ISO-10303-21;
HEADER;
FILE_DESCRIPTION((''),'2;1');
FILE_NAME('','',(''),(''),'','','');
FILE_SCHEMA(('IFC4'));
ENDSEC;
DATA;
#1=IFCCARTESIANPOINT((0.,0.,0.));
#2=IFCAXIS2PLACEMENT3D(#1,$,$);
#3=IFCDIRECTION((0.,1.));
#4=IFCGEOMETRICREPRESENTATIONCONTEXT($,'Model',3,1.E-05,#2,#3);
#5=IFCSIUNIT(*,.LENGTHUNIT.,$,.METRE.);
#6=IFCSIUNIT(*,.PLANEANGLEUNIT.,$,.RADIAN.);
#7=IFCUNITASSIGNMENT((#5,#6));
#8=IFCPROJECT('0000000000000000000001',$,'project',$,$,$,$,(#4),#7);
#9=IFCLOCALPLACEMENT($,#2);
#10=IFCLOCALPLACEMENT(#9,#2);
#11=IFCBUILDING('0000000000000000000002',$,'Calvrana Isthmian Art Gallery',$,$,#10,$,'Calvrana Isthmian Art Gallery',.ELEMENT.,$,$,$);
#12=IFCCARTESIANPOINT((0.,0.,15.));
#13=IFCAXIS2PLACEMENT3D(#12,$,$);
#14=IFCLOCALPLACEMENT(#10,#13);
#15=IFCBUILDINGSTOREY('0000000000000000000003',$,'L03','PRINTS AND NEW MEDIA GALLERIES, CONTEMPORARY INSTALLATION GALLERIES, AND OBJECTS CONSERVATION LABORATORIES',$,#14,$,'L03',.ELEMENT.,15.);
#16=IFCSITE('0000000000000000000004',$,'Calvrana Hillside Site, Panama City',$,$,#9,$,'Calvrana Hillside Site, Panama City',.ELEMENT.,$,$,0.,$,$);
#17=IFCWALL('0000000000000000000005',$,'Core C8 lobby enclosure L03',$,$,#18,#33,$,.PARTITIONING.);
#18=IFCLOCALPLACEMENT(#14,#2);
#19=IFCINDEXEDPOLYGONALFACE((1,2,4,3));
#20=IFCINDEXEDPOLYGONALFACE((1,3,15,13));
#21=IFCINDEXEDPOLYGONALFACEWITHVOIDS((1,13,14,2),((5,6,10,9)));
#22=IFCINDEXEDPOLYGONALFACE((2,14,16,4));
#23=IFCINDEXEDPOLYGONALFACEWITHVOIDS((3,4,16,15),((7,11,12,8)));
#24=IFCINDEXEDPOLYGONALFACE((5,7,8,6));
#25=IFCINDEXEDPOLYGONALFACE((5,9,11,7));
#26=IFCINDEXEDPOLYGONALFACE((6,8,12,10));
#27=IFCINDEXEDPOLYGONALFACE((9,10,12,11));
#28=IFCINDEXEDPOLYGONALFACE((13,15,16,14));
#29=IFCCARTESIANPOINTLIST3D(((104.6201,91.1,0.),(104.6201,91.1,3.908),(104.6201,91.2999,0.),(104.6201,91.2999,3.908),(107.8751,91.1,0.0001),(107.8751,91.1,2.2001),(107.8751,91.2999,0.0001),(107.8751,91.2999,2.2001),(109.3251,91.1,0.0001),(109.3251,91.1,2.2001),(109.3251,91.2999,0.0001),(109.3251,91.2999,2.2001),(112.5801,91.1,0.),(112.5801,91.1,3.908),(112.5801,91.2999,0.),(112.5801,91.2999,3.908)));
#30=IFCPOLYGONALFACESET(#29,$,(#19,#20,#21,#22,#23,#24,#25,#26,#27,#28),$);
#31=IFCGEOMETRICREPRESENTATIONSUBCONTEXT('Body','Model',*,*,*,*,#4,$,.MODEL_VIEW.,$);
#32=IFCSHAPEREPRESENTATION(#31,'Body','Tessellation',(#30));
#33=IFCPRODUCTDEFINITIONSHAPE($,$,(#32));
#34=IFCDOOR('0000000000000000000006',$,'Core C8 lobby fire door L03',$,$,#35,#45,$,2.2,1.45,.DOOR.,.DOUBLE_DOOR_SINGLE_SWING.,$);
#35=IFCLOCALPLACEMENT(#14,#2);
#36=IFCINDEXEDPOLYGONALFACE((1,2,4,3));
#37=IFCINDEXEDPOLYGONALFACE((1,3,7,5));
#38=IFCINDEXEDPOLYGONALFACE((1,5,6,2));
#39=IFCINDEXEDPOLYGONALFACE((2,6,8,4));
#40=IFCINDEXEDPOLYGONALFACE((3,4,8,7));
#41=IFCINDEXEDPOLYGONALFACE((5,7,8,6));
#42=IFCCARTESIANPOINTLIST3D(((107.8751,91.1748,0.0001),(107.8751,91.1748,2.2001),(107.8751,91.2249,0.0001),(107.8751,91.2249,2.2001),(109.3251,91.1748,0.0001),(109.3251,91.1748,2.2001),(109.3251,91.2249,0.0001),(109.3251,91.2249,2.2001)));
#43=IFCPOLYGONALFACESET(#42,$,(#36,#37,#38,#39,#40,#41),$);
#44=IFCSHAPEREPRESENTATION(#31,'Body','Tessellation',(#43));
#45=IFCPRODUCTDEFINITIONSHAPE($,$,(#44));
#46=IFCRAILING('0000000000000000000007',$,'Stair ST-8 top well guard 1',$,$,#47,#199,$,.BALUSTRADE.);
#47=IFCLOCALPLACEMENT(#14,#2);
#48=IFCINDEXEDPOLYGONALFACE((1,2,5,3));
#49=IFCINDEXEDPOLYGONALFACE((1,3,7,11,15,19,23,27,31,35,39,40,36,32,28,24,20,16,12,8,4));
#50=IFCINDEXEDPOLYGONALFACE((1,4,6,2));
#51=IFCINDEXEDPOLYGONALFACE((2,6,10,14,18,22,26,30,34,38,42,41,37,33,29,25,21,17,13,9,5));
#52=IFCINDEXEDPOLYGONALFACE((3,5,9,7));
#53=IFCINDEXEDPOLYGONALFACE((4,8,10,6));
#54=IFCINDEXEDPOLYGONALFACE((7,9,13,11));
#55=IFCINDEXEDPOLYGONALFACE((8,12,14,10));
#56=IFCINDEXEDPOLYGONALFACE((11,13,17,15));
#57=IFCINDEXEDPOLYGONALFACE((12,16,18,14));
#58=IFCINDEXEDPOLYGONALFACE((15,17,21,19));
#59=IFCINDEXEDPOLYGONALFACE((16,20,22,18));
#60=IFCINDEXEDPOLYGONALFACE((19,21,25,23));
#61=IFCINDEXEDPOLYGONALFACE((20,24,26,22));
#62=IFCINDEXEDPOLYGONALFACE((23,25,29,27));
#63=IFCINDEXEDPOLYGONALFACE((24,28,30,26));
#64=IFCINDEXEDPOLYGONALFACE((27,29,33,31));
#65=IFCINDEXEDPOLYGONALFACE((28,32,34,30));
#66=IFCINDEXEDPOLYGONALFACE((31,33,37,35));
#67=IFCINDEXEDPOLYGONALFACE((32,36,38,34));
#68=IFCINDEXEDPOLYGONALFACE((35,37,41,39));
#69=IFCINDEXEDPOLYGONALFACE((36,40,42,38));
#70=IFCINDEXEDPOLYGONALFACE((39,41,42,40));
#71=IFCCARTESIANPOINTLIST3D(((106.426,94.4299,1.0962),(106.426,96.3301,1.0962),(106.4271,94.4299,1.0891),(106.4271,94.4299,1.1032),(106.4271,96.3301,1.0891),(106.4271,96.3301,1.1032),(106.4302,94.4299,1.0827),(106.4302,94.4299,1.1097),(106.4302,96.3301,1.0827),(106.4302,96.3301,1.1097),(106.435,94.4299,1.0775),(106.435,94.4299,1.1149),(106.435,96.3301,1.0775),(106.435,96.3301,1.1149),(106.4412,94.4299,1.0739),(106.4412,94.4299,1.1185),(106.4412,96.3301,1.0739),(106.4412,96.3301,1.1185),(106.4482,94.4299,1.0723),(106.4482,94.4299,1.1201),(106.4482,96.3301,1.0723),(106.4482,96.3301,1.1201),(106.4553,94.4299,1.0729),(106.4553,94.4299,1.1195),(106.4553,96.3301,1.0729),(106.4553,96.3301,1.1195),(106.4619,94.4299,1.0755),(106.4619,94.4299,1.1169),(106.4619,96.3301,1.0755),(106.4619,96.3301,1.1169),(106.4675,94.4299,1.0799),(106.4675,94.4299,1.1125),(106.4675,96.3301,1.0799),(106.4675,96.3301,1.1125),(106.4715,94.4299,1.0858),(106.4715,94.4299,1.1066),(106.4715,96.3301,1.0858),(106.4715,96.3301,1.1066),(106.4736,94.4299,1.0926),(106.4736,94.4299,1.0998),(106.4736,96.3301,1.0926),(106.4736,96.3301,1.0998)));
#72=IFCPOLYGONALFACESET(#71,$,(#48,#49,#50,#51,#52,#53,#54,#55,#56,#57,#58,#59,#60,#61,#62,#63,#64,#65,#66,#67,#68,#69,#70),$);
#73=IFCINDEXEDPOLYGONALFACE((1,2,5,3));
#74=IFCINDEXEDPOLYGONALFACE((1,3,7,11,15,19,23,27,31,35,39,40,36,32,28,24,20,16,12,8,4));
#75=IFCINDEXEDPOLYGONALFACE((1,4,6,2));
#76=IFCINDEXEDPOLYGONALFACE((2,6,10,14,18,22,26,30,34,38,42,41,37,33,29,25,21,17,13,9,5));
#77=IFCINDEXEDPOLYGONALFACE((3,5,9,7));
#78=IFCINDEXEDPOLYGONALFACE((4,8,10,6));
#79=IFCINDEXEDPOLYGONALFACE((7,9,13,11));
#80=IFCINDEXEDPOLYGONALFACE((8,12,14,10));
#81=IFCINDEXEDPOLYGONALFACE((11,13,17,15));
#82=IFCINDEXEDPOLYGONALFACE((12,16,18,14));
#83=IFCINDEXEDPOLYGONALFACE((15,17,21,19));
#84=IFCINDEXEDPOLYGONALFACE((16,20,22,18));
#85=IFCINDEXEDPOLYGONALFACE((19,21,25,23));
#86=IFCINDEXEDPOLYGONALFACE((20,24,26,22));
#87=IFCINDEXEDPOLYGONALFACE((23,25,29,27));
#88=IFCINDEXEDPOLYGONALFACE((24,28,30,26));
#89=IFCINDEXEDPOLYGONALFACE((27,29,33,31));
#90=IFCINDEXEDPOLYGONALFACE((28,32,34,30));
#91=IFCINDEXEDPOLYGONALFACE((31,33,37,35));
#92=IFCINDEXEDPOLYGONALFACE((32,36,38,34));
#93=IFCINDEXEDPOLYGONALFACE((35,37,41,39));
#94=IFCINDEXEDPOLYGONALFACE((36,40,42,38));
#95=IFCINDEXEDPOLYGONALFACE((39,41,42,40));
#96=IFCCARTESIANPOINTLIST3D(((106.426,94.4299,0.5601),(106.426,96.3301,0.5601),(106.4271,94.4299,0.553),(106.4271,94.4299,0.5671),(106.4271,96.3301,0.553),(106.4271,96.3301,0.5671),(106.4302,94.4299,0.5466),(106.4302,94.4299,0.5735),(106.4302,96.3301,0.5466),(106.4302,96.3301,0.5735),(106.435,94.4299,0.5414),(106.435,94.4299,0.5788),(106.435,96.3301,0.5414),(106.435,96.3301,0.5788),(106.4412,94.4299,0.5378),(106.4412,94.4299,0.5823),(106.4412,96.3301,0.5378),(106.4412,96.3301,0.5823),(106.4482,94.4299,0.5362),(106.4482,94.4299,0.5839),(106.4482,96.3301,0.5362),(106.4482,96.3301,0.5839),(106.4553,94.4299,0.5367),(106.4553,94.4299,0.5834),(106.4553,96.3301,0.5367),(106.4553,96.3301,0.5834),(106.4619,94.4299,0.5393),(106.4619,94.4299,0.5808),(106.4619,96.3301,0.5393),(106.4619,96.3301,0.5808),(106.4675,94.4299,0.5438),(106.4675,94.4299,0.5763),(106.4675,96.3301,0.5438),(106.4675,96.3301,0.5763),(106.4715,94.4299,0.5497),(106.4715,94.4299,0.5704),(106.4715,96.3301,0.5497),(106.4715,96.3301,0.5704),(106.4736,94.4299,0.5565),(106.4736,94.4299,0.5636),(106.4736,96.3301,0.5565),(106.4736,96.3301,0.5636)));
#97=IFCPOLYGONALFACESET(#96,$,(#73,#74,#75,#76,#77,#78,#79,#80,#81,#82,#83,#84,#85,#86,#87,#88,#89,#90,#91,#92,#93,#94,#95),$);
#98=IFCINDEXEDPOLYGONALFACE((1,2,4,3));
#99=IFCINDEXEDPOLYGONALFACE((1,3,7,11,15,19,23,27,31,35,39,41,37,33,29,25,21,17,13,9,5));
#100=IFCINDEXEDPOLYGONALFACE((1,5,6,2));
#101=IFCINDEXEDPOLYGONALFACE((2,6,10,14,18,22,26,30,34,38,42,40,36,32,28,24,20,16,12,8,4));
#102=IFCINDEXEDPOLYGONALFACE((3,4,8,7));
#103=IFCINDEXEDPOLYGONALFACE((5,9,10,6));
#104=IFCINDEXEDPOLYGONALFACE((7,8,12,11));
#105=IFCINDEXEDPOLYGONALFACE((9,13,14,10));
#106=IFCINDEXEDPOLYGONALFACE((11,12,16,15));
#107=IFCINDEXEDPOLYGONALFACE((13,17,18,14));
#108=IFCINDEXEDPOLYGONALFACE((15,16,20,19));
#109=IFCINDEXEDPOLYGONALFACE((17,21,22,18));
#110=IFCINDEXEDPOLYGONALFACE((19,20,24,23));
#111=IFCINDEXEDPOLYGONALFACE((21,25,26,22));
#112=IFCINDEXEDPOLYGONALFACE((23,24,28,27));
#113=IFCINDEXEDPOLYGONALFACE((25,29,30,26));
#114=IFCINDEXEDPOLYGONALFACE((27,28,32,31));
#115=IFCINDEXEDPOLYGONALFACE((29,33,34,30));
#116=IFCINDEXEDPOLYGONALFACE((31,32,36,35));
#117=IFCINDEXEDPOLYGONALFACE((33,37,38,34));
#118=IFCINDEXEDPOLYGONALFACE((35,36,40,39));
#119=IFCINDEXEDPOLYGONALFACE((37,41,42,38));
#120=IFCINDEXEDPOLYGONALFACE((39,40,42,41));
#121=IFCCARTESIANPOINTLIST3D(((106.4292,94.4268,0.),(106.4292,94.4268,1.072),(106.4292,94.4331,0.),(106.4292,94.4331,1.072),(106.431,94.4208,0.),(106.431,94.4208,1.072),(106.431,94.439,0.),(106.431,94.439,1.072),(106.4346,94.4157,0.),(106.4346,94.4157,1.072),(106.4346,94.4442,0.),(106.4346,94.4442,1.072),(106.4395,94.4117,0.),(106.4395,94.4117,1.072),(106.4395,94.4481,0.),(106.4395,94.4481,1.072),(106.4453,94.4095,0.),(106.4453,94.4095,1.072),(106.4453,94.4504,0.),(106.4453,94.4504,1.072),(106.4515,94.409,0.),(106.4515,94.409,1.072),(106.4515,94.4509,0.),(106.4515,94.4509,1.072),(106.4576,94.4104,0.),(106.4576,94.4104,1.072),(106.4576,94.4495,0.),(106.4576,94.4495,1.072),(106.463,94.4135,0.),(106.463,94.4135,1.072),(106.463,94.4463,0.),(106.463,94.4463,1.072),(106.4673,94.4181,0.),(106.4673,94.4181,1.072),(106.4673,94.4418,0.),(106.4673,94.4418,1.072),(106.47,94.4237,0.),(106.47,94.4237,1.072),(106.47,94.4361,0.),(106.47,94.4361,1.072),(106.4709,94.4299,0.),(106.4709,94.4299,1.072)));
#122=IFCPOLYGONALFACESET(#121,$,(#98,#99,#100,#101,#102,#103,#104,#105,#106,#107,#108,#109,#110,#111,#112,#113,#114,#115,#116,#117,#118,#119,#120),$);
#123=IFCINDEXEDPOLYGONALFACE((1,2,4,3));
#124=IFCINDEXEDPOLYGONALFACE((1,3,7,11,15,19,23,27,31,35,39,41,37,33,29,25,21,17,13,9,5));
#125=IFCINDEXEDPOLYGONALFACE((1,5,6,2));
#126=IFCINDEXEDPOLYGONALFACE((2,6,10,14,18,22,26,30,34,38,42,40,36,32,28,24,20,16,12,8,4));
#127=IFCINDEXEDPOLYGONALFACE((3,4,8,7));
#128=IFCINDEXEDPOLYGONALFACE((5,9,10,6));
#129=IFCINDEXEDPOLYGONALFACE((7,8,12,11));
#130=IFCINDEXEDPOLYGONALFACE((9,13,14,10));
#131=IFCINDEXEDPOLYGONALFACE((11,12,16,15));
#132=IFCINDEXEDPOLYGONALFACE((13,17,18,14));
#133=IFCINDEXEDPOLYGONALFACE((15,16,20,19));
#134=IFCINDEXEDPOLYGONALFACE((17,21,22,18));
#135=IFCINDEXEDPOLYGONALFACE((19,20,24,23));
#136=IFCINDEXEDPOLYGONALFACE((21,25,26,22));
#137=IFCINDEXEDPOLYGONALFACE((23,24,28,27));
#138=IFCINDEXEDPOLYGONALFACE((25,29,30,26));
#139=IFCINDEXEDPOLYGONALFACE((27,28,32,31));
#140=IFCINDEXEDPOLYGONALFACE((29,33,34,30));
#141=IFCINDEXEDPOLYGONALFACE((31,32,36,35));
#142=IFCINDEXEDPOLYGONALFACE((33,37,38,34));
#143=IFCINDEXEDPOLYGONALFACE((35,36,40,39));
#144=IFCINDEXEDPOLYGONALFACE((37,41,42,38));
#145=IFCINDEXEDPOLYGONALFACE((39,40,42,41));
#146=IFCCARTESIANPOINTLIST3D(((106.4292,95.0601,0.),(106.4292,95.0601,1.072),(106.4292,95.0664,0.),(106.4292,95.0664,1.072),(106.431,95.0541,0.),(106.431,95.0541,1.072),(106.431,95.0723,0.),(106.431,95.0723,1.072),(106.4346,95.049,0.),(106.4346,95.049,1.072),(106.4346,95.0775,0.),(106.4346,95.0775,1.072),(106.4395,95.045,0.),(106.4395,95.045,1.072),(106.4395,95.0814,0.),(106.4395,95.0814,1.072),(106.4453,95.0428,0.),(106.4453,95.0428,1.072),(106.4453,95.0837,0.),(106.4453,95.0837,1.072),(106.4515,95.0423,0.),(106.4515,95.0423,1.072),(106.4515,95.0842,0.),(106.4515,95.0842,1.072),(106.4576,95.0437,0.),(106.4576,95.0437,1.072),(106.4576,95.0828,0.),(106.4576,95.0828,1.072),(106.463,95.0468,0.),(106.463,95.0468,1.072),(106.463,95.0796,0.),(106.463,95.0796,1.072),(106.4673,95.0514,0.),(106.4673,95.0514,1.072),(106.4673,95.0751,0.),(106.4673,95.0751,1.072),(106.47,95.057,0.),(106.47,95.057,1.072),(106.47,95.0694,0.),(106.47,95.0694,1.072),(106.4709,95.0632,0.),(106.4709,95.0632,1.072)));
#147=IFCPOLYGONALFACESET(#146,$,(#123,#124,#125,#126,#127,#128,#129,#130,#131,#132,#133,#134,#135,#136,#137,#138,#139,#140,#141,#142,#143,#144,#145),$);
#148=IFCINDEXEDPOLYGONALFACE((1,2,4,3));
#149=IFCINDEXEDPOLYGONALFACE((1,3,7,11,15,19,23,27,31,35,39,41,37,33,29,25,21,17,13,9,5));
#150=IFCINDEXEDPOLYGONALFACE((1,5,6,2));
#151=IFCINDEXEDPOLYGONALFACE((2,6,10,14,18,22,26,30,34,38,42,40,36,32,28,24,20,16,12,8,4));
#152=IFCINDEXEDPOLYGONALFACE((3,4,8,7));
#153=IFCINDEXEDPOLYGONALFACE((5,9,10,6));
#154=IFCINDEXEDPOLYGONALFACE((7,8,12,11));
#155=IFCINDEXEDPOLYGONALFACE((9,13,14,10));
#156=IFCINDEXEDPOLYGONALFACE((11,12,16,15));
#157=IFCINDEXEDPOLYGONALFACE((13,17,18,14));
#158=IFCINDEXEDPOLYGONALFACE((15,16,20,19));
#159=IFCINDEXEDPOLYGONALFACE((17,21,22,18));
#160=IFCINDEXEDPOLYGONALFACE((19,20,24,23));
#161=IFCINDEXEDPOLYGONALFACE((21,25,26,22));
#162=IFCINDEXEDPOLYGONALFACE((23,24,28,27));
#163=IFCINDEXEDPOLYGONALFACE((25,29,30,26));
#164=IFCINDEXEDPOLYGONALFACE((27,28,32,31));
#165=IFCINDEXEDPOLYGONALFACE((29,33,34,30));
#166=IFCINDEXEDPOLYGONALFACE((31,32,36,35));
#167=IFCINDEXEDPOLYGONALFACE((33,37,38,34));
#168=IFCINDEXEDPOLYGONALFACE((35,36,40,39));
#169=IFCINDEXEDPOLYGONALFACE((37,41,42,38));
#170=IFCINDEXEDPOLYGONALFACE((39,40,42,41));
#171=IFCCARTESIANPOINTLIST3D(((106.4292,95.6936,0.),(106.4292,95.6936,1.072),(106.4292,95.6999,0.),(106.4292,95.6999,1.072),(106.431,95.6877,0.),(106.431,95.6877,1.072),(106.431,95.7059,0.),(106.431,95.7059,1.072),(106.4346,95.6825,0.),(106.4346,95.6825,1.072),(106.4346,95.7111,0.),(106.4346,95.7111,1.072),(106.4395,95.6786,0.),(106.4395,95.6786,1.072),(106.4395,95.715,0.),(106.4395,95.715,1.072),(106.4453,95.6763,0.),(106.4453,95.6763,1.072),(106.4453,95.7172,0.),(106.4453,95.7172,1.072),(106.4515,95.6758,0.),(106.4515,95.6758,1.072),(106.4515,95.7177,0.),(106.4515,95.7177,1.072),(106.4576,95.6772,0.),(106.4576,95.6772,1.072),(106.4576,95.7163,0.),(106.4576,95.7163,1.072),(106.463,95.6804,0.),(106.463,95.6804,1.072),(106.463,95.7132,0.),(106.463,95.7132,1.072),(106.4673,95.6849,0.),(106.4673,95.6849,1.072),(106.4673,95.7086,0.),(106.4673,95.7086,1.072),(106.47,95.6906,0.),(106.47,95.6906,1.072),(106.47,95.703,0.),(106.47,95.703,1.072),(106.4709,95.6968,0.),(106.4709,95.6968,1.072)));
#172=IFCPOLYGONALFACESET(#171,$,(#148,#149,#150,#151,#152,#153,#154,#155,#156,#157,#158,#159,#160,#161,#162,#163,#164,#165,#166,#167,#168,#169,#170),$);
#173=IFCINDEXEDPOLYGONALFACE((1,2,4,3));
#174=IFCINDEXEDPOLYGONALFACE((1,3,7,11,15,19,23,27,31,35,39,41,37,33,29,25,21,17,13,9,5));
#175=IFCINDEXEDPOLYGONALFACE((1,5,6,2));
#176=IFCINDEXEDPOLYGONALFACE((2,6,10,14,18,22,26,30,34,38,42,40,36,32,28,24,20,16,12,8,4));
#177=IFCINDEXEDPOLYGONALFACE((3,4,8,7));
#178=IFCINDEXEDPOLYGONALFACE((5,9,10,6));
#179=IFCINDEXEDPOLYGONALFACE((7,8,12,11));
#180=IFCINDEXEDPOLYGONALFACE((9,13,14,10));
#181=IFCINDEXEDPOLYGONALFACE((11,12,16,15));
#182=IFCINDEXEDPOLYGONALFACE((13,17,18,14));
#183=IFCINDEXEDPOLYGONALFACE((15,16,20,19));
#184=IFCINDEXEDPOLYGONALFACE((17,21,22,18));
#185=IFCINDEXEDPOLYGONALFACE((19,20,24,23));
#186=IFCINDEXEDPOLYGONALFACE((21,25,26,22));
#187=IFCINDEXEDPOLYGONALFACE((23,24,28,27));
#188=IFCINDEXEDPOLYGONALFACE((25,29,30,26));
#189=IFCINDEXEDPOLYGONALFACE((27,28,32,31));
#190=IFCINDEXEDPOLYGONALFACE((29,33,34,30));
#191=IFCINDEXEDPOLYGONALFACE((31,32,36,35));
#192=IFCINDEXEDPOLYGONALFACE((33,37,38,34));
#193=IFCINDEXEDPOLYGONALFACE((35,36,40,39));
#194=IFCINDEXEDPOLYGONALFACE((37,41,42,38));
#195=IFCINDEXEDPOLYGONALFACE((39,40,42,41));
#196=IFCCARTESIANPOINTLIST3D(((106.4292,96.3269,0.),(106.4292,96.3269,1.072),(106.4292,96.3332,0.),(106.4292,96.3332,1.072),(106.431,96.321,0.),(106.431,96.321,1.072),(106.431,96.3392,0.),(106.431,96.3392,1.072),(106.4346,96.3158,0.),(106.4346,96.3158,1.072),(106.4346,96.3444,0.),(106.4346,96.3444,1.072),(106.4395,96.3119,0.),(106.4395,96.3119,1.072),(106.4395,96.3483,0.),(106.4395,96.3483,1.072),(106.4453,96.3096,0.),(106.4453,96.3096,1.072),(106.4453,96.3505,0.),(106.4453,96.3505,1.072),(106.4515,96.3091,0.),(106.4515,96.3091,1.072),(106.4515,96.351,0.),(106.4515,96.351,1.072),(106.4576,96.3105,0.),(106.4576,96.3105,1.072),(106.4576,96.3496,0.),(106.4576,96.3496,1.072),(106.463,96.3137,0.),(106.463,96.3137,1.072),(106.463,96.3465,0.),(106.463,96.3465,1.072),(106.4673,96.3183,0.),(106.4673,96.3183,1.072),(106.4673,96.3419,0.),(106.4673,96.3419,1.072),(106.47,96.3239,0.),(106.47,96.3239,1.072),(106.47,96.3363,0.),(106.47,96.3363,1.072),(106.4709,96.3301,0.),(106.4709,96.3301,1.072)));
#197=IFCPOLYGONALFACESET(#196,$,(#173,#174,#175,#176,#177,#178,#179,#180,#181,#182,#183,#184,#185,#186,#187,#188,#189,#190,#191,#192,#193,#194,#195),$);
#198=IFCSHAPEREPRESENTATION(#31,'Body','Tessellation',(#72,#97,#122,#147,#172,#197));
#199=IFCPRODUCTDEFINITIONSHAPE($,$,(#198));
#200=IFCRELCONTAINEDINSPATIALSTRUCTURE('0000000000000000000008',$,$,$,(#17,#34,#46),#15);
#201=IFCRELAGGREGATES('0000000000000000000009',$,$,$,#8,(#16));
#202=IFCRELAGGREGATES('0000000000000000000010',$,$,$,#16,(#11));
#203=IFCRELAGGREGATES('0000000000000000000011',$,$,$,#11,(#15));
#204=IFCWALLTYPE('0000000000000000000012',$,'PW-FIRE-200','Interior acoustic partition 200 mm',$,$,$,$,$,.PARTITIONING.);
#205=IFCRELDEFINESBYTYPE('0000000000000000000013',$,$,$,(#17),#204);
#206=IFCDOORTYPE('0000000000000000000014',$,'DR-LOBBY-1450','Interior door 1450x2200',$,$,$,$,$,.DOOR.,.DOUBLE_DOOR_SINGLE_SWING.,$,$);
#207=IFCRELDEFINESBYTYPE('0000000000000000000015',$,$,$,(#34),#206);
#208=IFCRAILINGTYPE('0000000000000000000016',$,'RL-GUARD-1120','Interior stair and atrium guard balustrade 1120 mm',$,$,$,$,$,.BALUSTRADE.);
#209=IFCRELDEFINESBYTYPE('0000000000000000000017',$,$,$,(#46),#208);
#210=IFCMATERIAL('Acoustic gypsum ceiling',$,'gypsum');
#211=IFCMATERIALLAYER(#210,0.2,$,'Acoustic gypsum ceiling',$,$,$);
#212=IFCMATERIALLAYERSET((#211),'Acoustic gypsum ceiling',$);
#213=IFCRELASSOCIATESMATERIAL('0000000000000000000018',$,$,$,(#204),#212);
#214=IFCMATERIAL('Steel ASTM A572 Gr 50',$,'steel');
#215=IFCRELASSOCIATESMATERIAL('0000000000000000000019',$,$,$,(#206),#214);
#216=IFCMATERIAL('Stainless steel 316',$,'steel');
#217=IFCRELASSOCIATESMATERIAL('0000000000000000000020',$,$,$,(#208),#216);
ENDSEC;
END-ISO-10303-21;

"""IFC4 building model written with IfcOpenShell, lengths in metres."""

from ifc_helpers import new_model, si_unit, direction, frame, frame_2d, origin, origin_2d, place, context, subcontext, project, spatial, rectangle, circle, extrude, material, layer, layer_set, type_object, element, fill, save


model = new_model("IFC4")

# Units and contexts
model_context = context("Model", 3, precision=1e-05, world=origin(), true_north=direction((0.0, 1.0)))
body_context = subcontext(model_context, "Body", "Model", "MODEL_VIEW")
ifc_project = project(units=[si_unit("LENGTHUNIT", "METRE"), si_unit("PLANEANGLEUNIT", "RADIAN")], contexts=[model_context])

# Site, building, storey
site_placement = place(None, origin())
site = spatial("IfcSite", under=ifc_project, at=site_placement, Name="Calvrana Hillside Site, Panama City", LongName="Calvrana Hillside Site, Panama City", CompositionType="ELEMENT", RefElevation=0.0)
building_placement = place(site_placement, origin())
building = spatial("IfcBuilding", under=site, at=building_placement, Name="Calvrana Isthmian Art Gallery", LongName="Calvrana Isthmian Art Gallery", CompositionType="ELEMENT")
storey_placement = place(building_placement, frame((0.0, 0.0, 15.0)))
storey = spatial("IfcBuildingStorey", under=building, at=storey_placement, Name="L03", Description="PRINTS AND NEW MEDIA GALLERIES, CONTEMPORARY INSTALLATION GALLERIES, AND OBJECTS CONSERVATION LABORATORIES", LongName="L03", CompositionType="ELEMENT", Elevation=15.0)

# Shared definitions
ifc_material_1 = material(Name="Steel ASTM A572 Gr 50", Category="steel")

# Shared definitions
ifc_material_2 = material(Name="Acoustic gypsum ceiling", Category="gypsum")
ifc_layer_1 = layer(ifc_material_2, 0.2, Name="Acoustic gypsum ceiling")
ifc_layer_set_1 = layer_set([ifc_layer_1], Name="Acoustic gypsum ceiling")
wall_type_1 = type_object("IfcWallType", Name="PW-FIRE-200", Description="Interior acoustic partition 200 mm", PredefinedType="PARTITIONING", material=ifc_layer_set_1)

# Wall, opening, door
wall_1_placement = place(storey_placement, frame((104.6201, 91.2, 0.0), z_axis=(0.0, 0.0, 1.0), x_axis=(1.0, 0.0, 0.0)))
wall_1 = element("IfcWall", 1, at=wall_1_placement, inside=storey, type_object=wall_type_1, Name="Core C8 lobby enclosure L03", PredefinedType="PARTITIONING", context=body_context, shape_type="SweptSolid", body=[
    extrude(rectangle(XDim=7.96, YDim=0.2, at=frame_2d((3.98, 0.0))), origin(), (0.0, 0.0, 1.0), 3.908),
])
opening_1_placement = place(wall_1_placement, frame((3.2549, 0.0, 0.0)))
opening_1 = element("IfcOpeningElement", 2, at=opening_1_placement, cuts=wall_1, PredefinedType="OPENING", context=body_context, shape_type="SweptSolid", body=[
    extrude(rectangle(XDim=1.45, YDim=2.2, at=frame_2d((0.7251, 1.1001))), frame((0.0, 0.1104, 0.0), z_axis=(0.0, -1.0, 0.0), x_axis=(1.0, 0.0, 0.0)), (0.0, 0.0, 1.0), 0.2205),
])
door_type_1 = type_object("IfcDoorType", Name="DR-LOBBY-1450", Description="Interior door 1450x2200", OperationType="DOUBLE_DOOR_SINGLE_SWING", PredefinedType="DOOR", material=ifc_material_1)
door_1_placement = place(opening_1_placement, origin())
door_1 = element("IfcDoor", 3, at=door_1_placement, inside=storey, type_object=door_type_1, Name="Core C8 lobby fire door L03", OperationType="DOUBLE_DOOR_SINGLE_SWING", OverallHeight=2.2, OverallWidth=1.45, PredefinedType="DOOR", context=body_context, shape_type="SweptSolid", body=[
    extrude(rectangle(XDim=1.45, YDim=2.2, at=frame_2d((0.7251, 1.1001))), frame((0.0, 0.0249, 0.0), z_axis=(0.0, -1.0, 0.0), x_axis=(1.0, 0.0, 0.0)), (0.0, 0.0, 1.0), 0.05),
])
fill(opening_1, door_1)

# Railing
ifc_material_3 = material(Name="Stainless steel 316", Category="steel")
railing_type = type_object("IfcRailingType", Name="RL-GUARD-1120", Description="Interior stair and atrium guard balustrade 1120 mm", PredefinedType="BALUSTRADE", material=ifc_material_3)
railing_placement = place(storey_placement, frame((106.45, 94.4299, 0.0)))
element("IfcRailing", 4, at=railing_placement, inside=storey, type_object=railing_type, Name="Stair ST-8 top well guard 1", PredefinedType="BALUSTRADE", context=body_context, shape_type="SweptSolid", body=[
    extrude(circle(Radius=0.0239, at=origin_2d()), frame((0.0, 0.0, 1.0962), z_axis=(0.0, 1.0, 0.0), x_axis=(-1.0, 0.0, 0.0)), (0.0, 0.0, 1.0), 1.9001),
    extrude(circle(Radius=0.0239, at=origin_2d()), frame((0.0, 0.0, 0.5601), z_axis=(0.0, 1.0, 0.0), x_axis=(-1.0, 0.0, 0.0)), (0.0, 0.0, 1.0), 1.9001),
    extrude(circle(Radius=0.021, at=origin_2d()), origin(), (0.0, 0.0, 1.0), 1.072),
    extrude(circle(Radius=0.021, at=origin_2d()), frame((0.0, 0.6333, 0.0)), (0.0, 0.0, 1.0), 1.072),
    extrude(circle(Radius=0.021, at=origin_2d()), frame((0.0, 1.2668, 0.0)), (0.0, 0.0, 1.0), 1.072),
    extrude(circle(Radius=0.021, at=origin_2d()), frame((0.0, 1.9001, 0.0)), (0.0, 0.0, 1.0), 1.072),
])

save(model, "model.ifc")
